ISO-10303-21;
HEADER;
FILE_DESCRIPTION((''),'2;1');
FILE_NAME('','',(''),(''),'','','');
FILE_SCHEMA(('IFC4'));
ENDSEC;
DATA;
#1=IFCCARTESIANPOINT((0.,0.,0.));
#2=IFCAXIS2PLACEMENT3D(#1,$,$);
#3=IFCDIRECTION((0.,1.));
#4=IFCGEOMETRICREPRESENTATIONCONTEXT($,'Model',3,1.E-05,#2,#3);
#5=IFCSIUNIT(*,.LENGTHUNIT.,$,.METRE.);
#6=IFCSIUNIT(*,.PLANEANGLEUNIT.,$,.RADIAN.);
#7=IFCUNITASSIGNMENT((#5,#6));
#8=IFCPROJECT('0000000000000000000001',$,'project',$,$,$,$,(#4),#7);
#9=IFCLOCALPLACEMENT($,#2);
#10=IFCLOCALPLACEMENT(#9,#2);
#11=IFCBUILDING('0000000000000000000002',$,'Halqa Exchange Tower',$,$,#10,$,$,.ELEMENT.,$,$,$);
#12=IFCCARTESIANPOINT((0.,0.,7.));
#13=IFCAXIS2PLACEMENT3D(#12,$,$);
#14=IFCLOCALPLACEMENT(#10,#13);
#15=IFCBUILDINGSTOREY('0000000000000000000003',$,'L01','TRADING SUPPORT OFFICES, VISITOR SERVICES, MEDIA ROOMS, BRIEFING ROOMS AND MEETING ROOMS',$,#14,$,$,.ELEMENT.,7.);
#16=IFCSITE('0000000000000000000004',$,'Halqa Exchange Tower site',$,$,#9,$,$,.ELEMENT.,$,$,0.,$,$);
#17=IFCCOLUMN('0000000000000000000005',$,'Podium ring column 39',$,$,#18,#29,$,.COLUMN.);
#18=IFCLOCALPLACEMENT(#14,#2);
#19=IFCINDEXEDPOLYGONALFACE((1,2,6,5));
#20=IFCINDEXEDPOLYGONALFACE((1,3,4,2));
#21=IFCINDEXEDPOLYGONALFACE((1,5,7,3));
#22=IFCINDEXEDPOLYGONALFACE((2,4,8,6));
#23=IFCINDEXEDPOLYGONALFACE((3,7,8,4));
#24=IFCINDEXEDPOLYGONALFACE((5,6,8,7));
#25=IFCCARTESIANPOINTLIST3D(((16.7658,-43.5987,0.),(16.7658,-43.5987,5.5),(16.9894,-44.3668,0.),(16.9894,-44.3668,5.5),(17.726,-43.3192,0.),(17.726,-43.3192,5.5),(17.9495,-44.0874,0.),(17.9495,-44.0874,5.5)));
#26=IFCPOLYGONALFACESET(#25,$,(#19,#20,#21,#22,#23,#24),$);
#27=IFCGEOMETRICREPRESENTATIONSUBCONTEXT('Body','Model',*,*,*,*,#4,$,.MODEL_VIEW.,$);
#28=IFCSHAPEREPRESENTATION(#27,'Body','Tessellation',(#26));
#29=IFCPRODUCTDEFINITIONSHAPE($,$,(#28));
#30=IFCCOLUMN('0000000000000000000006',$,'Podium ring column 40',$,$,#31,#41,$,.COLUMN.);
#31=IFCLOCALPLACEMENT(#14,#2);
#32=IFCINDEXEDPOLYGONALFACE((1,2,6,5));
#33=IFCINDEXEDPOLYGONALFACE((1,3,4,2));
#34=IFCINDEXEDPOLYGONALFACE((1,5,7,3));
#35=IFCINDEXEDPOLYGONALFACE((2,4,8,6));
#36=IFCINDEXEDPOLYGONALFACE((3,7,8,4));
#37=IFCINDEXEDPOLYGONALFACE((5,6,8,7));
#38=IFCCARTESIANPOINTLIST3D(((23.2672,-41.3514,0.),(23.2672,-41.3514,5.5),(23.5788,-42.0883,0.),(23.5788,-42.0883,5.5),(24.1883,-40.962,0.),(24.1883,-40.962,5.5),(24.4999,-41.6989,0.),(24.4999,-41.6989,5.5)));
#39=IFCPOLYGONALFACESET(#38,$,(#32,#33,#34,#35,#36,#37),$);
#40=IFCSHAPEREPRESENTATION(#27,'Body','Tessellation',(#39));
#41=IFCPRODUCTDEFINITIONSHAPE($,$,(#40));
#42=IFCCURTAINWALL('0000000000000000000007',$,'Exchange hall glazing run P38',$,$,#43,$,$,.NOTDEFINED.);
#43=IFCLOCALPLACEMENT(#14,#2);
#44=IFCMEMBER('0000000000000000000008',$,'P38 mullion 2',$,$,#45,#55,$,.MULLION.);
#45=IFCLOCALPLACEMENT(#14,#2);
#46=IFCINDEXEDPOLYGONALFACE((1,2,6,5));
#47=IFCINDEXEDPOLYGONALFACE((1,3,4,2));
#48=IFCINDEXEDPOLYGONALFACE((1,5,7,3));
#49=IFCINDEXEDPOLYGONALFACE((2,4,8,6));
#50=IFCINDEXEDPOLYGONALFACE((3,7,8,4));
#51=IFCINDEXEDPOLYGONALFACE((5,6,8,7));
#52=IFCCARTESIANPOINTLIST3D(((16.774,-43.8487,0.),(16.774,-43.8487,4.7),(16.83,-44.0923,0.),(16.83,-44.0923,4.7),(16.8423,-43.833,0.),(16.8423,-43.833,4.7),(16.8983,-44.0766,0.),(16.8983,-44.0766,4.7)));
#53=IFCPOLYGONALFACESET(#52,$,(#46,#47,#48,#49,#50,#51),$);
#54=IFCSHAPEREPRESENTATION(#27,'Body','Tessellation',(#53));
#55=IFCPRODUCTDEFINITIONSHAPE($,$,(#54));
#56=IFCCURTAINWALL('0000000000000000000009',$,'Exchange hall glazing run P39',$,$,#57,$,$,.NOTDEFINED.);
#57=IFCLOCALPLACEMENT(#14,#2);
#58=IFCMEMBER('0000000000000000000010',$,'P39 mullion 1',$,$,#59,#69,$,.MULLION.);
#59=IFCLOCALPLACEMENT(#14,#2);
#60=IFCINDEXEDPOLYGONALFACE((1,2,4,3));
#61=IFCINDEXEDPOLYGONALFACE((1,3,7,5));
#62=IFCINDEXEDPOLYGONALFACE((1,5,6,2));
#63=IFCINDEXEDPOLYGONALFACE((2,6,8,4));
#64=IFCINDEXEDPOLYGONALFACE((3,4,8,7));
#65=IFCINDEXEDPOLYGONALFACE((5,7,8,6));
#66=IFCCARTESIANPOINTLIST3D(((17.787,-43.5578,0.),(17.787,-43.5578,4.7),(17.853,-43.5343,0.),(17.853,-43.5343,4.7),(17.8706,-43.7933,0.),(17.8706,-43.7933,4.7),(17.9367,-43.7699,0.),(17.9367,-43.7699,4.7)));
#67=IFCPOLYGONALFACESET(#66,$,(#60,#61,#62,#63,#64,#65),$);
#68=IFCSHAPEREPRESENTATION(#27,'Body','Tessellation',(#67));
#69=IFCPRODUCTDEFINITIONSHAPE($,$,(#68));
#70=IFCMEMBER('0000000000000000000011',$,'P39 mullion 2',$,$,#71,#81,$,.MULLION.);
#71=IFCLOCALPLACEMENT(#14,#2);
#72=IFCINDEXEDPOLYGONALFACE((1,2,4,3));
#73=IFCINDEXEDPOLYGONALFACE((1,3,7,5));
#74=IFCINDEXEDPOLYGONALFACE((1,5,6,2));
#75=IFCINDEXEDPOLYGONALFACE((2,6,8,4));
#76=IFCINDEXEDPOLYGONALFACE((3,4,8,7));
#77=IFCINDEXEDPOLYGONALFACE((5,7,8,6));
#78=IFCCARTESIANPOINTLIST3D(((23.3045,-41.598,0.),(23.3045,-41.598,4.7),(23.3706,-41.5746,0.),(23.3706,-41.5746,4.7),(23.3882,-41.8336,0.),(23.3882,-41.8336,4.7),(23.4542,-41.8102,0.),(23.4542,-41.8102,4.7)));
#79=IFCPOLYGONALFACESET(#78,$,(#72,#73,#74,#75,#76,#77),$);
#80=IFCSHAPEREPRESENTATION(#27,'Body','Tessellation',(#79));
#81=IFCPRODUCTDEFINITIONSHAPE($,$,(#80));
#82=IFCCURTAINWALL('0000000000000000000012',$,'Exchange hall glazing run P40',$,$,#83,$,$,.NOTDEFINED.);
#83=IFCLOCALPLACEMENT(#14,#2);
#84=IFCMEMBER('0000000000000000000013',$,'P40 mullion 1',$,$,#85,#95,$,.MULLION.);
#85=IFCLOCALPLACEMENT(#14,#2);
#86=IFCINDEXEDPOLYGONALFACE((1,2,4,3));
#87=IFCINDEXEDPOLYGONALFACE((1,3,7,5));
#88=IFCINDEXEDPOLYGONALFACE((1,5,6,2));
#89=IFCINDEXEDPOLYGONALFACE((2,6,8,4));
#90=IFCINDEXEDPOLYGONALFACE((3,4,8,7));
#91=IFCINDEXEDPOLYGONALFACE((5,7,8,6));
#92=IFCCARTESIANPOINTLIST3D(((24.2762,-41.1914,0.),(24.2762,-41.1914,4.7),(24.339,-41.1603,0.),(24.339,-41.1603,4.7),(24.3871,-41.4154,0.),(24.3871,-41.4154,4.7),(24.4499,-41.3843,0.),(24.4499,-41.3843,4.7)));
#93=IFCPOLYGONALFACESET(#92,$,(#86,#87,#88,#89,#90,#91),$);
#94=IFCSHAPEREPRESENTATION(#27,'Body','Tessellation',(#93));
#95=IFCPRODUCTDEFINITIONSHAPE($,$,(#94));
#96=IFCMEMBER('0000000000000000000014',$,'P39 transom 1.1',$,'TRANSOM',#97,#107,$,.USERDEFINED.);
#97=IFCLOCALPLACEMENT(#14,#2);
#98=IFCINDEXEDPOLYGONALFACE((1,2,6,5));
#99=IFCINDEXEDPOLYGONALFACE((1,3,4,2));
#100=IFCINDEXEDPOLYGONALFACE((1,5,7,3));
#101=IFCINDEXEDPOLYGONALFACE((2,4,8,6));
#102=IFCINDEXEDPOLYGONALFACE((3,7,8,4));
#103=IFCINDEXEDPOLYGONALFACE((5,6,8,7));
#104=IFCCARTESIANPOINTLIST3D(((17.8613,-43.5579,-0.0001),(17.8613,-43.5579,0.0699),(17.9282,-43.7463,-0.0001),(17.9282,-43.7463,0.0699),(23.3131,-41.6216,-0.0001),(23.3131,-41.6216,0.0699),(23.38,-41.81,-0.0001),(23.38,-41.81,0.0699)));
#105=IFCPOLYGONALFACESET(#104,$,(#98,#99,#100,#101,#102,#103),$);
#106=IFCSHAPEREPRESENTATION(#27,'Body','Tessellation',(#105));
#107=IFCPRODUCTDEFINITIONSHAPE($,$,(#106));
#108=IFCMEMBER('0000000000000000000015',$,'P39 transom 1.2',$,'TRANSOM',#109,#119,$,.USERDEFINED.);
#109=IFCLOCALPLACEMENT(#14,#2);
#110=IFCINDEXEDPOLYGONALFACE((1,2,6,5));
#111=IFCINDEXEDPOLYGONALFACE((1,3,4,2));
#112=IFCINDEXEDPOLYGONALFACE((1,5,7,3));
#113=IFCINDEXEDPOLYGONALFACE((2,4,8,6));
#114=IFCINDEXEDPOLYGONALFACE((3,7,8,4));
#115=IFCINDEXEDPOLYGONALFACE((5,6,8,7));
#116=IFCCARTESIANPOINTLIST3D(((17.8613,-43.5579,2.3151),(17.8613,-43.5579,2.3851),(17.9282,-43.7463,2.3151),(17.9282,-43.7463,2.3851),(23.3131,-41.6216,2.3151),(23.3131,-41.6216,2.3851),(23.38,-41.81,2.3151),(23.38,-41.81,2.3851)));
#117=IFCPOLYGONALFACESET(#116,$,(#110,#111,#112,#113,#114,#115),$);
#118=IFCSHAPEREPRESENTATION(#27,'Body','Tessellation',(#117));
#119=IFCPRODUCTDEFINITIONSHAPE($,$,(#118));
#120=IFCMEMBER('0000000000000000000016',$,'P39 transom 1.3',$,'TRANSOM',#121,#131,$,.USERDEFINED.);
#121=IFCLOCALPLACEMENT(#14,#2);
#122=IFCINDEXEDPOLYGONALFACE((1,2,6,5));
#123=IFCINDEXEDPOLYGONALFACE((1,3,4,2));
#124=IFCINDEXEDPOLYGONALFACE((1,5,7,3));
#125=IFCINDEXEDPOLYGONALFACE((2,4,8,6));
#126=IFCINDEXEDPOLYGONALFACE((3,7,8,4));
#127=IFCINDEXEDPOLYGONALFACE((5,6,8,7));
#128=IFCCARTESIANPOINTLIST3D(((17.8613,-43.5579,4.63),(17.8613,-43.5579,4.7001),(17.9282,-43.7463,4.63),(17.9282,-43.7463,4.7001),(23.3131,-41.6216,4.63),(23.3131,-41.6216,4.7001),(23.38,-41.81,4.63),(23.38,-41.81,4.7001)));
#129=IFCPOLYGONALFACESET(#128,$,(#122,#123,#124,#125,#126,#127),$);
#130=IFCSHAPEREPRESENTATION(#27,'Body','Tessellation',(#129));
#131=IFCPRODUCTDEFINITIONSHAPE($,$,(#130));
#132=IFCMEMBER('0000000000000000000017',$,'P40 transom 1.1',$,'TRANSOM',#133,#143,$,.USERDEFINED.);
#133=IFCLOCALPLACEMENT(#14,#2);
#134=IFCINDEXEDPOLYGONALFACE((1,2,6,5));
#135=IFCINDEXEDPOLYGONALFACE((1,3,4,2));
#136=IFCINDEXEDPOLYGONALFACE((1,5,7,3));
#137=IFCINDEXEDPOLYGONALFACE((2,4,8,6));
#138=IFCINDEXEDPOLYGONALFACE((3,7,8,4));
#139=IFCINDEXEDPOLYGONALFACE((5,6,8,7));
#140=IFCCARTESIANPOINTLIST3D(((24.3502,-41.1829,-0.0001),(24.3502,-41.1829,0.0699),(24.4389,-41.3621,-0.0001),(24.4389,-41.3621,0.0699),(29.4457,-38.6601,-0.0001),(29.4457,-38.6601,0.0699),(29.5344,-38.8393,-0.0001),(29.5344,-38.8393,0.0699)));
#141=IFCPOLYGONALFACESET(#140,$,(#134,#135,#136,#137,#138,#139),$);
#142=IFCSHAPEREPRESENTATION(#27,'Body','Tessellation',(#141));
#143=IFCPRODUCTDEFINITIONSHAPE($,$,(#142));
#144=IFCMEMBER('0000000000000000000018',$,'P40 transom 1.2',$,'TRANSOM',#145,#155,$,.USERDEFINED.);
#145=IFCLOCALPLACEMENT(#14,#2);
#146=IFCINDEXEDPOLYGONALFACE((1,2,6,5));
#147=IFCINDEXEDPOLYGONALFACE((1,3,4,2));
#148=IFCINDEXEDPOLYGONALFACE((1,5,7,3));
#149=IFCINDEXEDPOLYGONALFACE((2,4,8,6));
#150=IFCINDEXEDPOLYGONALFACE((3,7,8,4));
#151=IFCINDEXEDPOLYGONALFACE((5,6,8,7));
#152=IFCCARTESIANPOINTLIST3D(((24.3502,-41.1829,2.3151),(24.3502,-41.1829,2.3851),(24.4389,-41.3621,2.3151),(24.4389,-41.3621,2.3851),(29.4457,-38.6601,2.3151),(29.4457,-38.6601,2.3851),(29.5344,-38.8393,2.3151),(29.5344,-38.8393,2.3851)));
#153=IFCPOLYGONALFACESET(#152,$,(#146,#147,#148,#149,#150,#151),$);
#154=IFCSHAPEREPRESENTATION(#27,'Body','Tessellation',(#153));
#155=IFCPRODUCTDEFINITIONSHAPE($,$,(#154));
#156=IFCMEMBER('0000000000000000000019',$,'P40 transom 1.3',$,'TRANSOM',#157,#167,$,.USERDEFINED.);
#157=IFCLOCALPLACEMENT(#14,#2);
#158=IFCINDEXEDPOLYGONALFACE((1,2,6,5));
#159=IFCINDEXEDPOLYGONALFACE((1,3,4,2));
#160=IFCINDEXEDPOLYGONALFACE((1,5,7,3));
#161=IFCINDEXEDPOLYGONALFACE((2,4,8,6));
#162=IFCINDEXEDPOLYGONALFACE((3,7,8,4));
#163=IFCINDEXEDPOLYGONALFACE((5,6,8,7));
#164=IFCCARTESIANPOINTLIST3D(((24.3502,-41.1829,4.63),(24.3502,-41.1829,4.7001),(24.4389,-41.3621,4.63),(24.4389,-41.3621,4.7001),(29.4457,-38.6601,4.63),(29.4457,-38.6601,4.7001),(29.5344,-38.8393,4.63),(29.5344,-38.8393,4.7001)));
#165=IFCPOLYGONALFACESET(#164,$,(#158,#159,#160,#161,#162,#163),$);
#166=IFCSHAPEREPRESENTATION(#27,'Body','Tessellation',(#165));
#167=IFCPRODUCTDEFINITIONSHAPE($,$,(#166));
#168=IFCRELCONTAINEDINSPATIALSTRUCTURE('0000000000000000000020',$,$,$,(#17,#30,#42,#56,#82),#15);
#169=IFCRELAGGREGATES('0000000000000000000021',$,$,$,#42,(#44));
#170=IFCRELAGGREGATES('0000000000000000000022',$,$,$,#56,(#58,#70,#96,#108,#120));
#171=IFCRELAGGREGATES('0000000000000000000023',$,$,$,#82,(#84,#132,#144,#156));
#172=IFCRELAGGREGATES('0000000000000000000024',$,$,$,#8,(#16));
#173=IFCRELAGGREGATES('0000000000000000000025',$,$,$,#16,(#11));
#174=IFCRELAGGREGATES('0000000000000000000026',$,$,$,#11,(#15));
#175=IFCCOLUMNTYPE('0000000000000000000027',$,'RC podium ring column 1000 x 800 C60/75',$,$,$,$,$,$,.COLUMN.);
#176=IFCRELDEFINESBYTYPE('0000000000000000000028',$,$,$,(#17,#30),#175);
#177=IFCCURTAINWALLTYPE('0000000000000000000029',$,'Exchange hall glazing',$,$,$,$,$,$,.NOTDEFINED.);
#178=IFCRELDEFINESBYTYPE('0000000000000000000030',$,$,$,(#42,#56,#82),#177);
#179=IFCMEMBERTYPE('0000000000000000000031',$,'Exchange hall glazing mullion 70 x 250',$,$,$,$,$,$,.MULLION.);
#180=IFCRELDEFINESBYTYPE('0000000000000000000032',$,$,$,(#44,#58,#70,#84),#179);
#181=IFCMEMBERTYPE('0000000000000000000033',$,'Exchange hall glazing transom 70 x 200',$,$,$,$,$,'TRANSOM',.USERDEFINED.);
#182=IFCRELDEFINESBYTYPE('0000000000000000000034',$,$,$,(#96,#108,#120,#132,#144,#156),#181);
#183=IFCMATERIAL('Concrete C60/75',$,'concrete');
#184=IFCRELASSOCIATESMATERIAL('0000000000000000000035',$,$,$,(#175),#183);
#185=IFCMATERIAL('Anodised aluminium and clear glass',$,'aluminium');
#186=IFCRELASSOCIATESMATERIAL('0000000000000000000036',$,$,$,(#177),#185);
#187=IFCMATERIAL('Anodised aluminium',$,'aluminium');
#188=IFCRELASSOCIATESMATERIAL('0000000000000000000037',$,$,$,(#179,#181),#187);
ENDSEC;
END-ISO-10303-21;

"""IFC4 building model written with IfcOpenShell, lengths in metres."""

from ifc_helpers import new_model, si_unit, direction, frame, origin, origin_2d, place, context, subcontext, project, spatial, rectangle, extrude, material, material_profile, profile_set, type_object, element, aggregate, save


model = new_model("IFC4")

# Units and contexts
model_context = context("Model", 3, precision=1e-05, world=origin(), true_north=direction((0.0, 1.0)))
body_context = subcontext(model_context, "Body", "Model", "MODEL_VIEW")
ifc_project = project(units=[si_unit("LENGTHUNIT", "METRE"), si_unit("PLANEANGLEUNIT", "RADIAN")], contexts=[model_context])

# Site, building, storey
site_placement = place(None, origin())
site = spatial("IfcSite", under=ifc_project, at=site_placement, Name="Halqa Exchange Tower site", CompositionType="ELEMENT", RefElevation=0.0)
building_placement = place(site_placement, origin())
building = spatial("IfcBuilding", under=site, at=building_placement, Name="Halqa Exchange Tower", CompositionType="ELEMENT")
storey_placement = place(building_placement, frame((0.0, 0.0, 7.0)))
storey = spatial("IfcBuildingStorey", under=building, at=storey_placement, Name="L01", Description="TRADING SUPPORT OFFICES, VISITOR SERVICES, MEDIA ROOMS, BRIEFING ROOMS AND MEETING ROOMS", CompositionType="ELEMENT", Elevation=7.0)

# Columns
ifc_material_1 = material(Name="Concrete C60/75", Category="concrete")
ifc_material_profile_1 = material_profile(ifc_material_1, rectangle(XDim=1.0, YDim=0.8, at=origin_2d()), Name="1000 x 800")
ifc_profile_set_1 = profile_set([ifc_material_profile_1], Name="Concrete C60/75")
column_type = type_object("IfcColumnType", Name="RC podium ring column 1000 x 800 C60/75", PredefinedType="COLUMN", material=ifc_profile_set_1)
for number, where, z_axis, x_axis, name in (
    (1, (17.3577, -43.843, 0.0), (0.0, 0.0, 1.0), (0.960158, 0.279459, 0.0), "Podium ring column 39"),
    (2, (23.8835, -41.5251, 0.0), (0.0, 0.0, 1.0), (0.921048, 0.389449, 0.0), "Podium ring column 40"),
):
    element("IfcColumn", number, at=place(storey_placement, frame(where, z_axis=z_axis, x_axis=x_axis)), inside=storey, type_object=column_type, Name=name, PredefinedType="COLUMN", context=body_context, shape_type="SweptSolid", body=[
        extrude(rectangle(XDim=1.0, YDim=0.8, at=origin_2d()), origin(), (0.0, 0.0, 1.0), 5.5),
    ])

# Curtain wall, member
ifc_material_2 = material(Name="Anodised aluminium and clear glass", Category="aluminium")
curtain_wall_type = type_object("IfcCurtainWallType", Name="Exchange hall glazing", PredefinedType="NOTDEFINED", material=ifc_material_2)
curtain_wall_1_placement = place(storey_placement, origin())
curtain_wall_1 = element("IfcCurtainWall", 3, at=curtain_wall_1_placement, inside=storey, type_object=curtain_wall_type, Name="Exchange hall glazing run P38", PredefinedType="NOTDEFINED")
ifc_material_3 = material(Name="Anodised aluminium", Category="aluminium")
ifc_material_profile_2 = material_profile(ifc_material_3, rectangle(XDim=0.25, YDim=0.0701, at=origin_2d()), Name="AL 70x250")
ifc_profile_set_2 = profile_set([ifc_material_profile_2], Name="Anodised aluminium")
member_type_1 = type_object("IfcMemberType", Name="Exchange hall glazing mullion 70 x 250", PredefinedType="MULLION", material=ifc_profile_set_2)
member_1_placement = place(storey_placement, frame((16.8362, -43.9626, 0.0), z_axis=(0.0, 0.0, 1.0), x_axis=(-0.223897, 0.974613, 0.0)))
member_1 = element("IfcMember", 4, at=member_1_placement, type_object=member_type_1, Name="P38 mullion 2", PredefinedType="MULLION", context=body_context, shape_type="SweptSolid", body=[
    extrude(rectangle(XDim=0.25, YDim=0.0701, at=origin_2d()), origin(), (0.0, 0.0, 1.0), 4.7),
])

# Curtain wall, members
curtain_wall_2_placement = place(storey_placement, origin())
curtain_wall_2 = element("IfcCurtainWall", 5, at=curtain_wall_2_placement, inside=storey, type_object=curtain_wall_type, Name="Exchange hall glazing run P39", PredefinedType="NOTDEFINED")
member_2_placement = place(storey_placement, frame((17.8618, -43.6638, 0.0), z_axis=(0.0, 0.0, 1.0), x_axis=(-0.334688, 0.942329, 0.0)))
member_2 = element("IfcMember", 6, at=member_2_placement, type_object=member_type_1, Name="P39 mullion 1", PredefinedType="MULLION", context=body_context, shape_type="SweptSolid", body=[
    extrude(rectangle(XDim=0.25, YDim=0.0701, at=origin_2d()), origin(), (0.0, 0.0, 1.0), 4.7),
])
member_3_placement = place(storey_placement, frame((23.3794, -41.7041, 0.0), z_axis=(0.0, 0.0, 1.0), x_axis=(-0.334688, 0.942329, 0.0)))
member_3 = element("IfcMember", 7, at=member_3_placement, type_object=member_type_1, Name="P39 mullion 2", PredefinedType="MULLION", context=body_context, shape_type="SweptSolid", body=[
    extrude(rectangle(XDim=0.25, YDim=0.0701, at=origin_2d()), origin(), (0.0, 0.0, 1.0), 4.7),
])

# Curtain wall, member
curtain_wall_3_placement = place(storey_placement, origin())
curtain_wall_3 = element("IfcCurtainWall", 8, at=curtain_wall_3_placement, inside=storey, type_object=curtain_wall_type, Name="Exchange hall glazing run P40", PredefinedType="NOTDEFINED")
member_4_placement = place(storey_placement, frame((24.363, -41.2878, 0.0), z_axis=(0.0, 0.0, 1.0), x_axis=(-0.443653, 0.896198, 0.0)))
member_4 = element("IfcMember", 9, at=member_4_placement, type_object=member_type_1, Name="P40 mullion 1", PredefinedType="MULLION", context=body_context, shape_type="SweptSolid", body=[
    extrude(rectangle(XDim=0.25, YDim=0.0701, at=origin_2d()), origin(), (0.0, 0.0, 1.0), 4.7),
])

# Members
ifc_material_profile_3 = material_profile(ifc_material_3, rectangle(XDim=0.2, YDim=0.0701, at=origin_2d()), Name="AL 70x200")
ifc_profile_set_3 = profile_set([ifc_material_profile_3], Name="Anodised aluminium")
member_type_2 = type_object("IfcMemberType", Name="Exchange hall glazing transom 70 x 200", ElementType="TRANSOM", PredefinedType="USERDEFINED", material=ifc_profile_set_3)
member_5_placement = place(storey_placement, frame((17.8948, -43.6521, 0.0349), z_axis=(0.942329, 0.334689, 0.0), x_axis=(-0.334689, 0.942329, 0.0)))
member_5 = element("IfcMember", 10, at=member_5_placement, type_object=member_type_2, Name="P39 transom 1.1", ObjectType="TRANSOM", PredefinedType="USERDEFINED", context=body_context, shape_type="SweptSolid", body=[
    extrude(rectangle(XDim=0.2, YDim=0.0701, at=origin_2d()), origin(), (0.0, 0.0, 1.0), 5.7854),
])
member_6_placement = place(storey_placement, frame((17.8948, -43.6521, 2.3501), z_axis=(0.942329, 0.334689, 0.0), x_axis=(-0.334689, 0.942329, 0.0)))
member_6 = element("IfcMember", 11, at=member_6_placement, type_object=member_type_2, Name="P39 transom 1.2", ObjectType="TRANSOM", PredefinedType="USERDEFINED", context=body_context, shape_type="SweptSolid", body=[
    extrude(rectangle(XDim=0.2, YDim=0.0701, at=origin_2d()), origin(), (0.0, 0.0, 1.0), 5.7854),
])
member_7_placement = place(storey_placement, frame((17.8948, -43.6521, 4.665), z_axis=(0.942329, 0.334689, 0.0), x_axis=(-0.334689, 0.942329, 0.0)))
member_7 = element("IfcMember", 12, at=member_7_placement, type_object=member_type_2, Name="P39 transom 1.3", ObjectType="TRANSOM", PredefinedType="USERDEFINED", context=body_context, shape_type="SweptSolid", body=[
    extrude(rectangle(XDim=0.2, YDim=0.0701, at=origin_2d()), origin(), (0.0, 0.0, 1.0), 5.7854),
])
member_8_placement = place(storey_placement, frame((24.3945, -41.2725, 0.0349), z_axis=(0.896181, 0.443689, 0.0), x_axis=(-0.443689, 0.896181, 0.0)))
member_8 = element("IfcMember", 13, at=member_8_placement, type_object=member_type_2, Name="P40 transom 1.1", ObjectType="TRANSOM", PredefinedType="USERDEFINED", context=body_context, shape_type="SweptSolid", body=[
    extrude(rectangle(XDim=0.2, YDim=0.0701, at=origin_2d()), origin(), (0.0, 0.0, 1.0), 5.6858),
])
member_9_placement = place(storey_placement, frame((24.3945, -41.2725, 2.3501), z_axis=(0.896181, 0.443689, 0.0), x_axis=(-0.443689, 0.896181, 0.0)))
member_9 = element("IfcMember", 14, at=member_9_placement, type_object=member_type_2, Name="P40 transom 1.2", ObjectType="TRANSOM", PredefinedType="USERDEFINED", context=body_context, shape_type="SweptSolid", body=[
    extrude(rectangle(XDim=0.2, YDim=0.0701, at=origin_2d()), origin(), (0.0, 0.0, 1.0), 5.6858),
])
member_10_placement = place(storey_placement, frame((24.3945, -41.2725, 4.665), z_axis=(0.896181, 0.443689, 0.0), x_axis=(-0.443689, 0.896181, 0.0)))
member_10 = element("IfcMember", 15, at=member_10_placement, type_object=member_type_2, Name="P40 transom 1.3", ObjectType="TRANSOM", PredefinedType="USERDEFINED", context=body_context, shape_type="SweptSolid", body=[
    extrude(rectangle(XDim=0.2, YDim=0.0701, at=origin_2d()), origin(), (0.0, 0.0, 1.0), 5.6858),
])

aggregate(curtain_wall_1, [member_1])
aggregate(curtain_wall_2, [member_2, member_3, member_5, member_6, member_7])
aggregate(curtain_wall_3, [member_4, member_8, member_9, member_10])

save(model, "model.ifc")
